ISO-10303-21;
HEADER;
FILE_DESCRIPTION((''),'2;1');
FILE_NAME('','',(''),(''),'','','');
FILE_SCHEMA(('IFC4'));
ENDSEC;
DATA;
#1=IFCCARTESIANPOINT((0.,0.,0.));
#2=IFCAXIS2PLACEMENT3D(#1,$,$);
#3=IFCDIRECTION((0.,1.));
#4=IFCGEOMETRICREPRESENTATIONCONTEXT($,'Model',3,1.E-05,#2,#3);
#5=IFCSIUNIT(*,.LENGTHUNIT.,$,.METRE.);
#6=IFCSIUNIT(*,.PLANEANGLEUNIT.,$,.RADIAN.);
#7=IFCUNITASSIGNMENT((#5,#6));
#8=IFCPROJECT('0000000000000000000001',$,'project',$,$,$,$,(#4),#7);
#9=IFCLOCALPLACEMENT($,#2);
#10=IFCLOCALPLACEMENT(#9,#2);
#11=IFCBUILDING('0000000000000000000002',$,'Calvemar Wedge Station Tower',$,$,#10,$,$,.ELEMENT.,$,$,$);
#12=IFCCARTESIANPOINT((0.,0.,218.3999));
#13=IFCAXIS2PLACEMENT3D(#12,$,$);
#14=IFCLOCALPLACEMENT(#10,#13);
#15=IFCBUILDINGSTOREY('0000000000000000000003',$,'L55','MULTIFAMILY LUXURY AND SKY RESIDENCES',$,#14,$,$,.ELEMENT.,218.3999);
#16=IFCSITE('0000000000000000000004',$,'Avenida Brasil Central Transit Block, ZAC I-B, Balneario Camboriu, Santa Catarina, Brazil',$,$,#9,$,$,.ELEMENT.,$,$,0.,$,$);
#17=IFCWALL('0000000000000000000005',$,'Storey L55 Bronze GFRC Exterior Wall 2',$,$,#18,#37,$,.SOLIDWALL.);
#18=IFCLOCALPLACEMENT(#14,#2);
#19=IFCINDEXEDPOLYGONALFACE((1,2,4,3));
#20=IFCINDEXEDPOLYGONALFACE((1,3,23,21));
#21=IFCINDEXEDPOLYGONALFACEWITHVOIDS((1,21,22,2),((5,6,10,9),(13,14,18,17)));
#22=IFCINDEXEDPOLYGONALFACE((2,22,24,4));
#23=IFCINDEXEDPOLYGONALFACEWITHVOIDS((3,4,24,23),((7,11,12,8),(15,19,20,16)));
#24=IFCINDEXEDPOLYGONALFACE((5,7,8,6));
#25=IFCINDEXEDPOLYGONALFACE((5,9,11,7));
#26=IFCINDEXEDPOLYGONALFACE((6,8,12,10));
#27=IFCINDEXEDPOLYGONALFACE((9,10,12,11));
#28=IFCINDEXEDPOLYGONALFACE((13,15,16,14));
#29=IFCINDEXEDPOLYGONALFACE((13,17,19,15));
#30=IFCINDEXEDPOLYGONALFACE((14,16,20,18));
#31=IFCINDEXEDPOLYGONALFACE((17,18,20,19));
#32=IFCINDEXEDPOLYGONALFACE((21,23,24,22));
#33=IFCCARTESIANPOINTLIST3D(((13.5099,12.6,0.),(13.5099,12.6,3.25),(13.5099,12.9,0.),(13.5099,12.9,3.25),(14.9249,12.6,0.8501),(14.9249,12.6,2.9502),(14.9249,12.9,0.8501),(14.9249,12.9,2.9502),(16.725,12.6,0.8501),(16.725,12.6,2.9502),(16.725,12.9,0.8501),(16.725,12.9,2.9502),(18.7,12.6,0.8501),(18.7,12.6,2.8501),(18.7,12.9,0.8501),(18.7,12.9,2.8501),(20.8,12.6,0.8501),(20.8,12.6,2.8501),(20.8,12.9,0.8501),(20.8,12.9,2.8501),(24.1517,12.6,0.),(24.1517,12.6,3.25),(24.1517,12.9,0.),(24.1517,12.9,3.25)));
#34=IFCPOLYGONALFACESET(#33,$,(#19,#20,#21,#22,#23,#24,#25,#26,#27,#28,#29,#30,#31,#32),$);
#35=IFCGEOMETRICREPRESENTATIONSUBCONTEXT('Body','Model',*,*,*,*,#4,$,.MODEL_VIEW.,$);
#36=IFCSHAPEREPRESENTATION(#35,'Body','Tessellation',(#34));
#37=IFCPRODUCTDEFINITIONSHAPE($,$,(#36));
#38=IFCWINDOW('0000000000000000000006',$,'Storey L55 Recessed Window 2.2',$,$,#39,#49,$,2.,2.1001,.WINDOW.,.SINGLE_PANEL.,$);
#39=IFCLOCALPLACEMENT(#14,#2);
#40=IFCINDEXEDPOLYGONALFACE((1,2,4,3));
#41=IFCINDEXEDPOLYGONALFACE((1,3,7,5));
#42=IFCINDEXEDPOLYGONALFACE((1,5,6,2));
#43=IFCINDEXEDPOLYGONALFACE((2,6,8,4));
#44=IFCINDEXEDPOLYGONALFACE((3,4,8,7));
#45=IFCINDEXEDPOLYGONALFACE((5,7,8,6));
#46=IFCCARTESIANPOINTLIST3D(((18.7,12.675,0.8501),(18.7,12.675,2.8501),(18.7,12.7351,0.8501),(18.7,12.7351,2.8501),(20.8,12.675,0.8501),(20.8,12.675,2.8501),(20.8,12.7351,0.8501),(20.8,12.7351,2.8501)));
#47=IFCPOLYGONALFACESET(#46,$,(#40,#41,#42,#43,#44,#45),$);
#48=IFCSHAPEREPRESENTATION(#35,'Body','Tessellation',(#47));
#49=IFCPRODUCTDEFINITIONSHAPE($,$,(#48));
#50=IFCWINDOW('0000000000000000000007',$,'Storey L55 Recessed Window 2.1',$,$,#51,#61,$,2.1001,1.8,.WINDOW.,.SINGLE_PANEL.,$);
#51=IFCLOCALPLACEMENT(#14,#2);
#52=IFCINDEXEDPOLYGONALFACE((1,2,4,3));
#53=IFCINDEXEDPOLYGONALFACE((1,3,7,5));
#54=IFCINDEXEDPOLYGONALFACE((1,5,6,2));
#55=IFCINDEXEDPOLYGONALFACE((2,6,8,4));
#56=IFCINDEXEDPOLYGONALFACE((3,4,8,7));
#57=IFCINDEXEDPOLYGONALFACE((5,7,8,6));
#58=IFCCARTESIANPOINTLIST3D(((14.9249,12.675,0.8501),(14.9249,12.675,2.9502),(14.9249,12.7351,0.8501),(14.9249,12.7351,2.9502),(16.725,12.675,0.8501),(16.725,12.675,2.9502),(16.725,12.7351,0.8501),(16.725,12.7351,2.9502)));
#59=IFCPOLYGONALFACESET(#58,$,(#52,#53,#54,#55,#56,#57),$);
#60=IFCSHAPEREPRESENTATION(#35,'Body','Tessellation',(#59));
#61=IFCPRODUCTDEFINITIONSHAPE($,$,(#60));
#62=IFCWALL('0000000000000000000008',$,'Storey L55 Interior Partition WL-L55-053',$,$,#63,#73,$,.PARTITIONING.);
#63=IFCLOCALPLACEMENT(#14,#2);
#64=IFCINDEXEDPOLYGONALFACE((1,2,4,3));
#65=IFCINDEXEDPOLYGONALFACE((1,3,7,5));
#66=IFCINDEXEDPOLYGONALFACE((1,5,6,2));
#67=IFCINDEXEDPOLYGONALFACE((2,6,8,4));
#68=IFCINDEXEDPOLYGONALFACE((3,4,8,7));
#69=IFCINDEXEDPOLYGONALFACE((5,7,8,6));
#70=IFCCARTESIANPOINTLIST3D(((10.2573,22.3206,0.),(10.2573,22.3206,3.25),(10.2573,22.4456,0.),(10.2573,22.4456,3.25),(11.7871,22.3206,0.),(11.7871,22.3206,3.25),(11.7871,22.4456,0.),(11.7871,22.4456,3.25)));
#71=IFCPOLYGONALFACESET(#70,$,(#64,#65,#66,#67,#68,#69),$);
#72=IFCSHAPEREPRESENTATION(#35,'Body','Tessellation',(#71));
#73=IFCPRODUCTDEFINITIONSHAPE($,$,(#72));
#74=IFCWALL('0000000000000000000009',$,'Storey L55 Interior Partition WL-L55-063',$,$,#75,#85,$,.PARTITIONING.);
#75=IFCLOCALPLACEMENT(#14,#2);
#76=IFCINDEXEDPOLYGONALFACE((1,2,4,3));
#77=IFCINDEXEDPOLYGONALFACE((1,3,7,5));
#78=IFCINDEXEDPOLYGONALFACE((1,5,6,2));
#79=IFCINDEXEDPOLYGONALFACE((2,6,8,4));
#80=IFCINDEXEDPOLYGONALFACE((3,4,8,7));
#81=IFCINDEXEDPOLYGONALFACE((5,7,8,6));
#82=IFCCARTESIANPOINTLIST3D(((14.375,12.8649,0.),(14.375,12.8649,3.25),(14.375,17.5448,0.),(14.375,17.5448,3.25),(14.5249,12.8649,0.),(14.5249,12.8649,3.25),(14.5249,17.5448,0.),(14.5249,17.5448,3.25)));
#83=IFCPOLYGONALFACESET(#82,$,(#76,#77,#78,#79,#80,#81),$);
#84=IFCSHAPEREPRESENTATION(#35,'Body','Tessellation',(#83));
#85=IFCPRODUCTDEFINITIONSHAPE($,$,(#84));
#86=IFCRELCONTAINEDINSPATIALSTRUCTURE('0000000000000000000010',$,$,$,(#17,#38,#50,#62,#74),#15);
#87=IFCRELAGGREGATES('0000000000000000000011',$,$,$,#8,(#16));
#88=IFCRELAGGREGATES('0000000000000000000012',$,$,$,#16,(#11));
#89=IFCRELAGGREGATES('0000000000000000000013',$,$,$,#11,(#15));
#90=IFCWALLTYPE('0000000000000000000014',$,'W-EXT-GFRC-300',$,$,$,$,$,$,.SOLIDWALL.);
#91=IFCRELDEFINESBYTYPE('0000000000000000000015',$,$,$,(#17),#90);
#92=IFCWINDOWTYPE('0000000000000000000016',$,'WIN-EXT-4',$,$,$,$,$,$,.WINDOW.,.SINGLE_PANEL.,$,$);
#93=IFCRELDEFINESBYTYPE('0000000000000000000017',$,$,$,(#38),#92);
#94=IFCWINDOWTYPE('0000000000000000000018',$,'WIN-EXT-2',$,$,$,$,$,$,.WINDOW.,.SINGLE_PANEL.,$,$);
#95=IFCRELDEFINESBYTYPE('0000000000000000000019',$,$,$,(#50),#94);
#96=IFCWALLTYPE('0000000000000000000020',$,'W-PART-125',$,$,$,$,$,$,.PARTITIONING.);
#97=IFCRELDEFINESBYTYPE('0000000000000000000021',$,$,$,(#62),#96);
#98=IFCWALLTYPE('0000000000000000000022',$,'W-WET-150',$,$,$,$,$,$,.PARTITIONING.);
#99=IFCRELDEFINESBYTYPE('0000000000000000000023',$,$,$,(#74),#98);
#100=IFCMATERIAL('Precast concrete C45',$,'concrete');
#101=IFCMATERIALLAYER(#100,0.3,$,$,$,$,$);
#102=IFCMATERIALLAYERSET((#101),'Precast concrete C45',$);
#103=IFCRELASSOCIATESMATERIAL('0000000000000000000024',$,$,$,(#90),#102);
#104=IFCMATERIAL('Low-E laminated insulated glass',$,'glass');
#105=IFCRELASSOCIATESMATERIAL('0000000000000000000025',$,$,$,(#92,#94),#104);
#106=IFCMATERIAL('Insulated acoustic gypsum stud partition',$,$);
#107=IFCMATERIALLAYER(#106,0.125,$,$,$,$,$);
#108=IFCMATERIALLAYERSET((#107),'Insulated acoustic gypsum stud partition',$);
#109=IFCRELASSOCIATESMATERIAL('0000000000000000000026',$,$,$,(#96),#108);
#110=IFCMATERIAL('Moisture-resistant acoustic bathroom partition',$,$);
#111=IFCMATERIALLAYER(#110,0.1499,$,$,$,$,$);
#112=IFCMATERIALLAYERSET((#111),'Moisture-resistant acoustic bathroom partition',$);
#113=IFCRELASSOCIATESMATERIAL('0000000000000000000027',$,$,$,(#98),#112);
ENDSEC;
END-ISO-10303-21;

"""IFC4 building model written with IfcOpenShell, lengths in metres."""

from ifc_helpers import new_model, si_unit, direction, frame, frame_2d, origin, place, context, subcontext, project, spatial, rectangle, extrude, source, transform, mapped, material, layer, layer_set, type_object, element, fill, save


model = new_model("IFC4")

# Units and contexts
model_context = context("Model", 3, precision=1e-05, world=origin(), true_north=direction((0.0, 1.0)))
body_context = subcontext(model_context, "Body", "Model", "MODEL_VIEW")
ifc_project = project(units=[si_unit("LENGTHUNIT", "METRE"), si_unit("PLANEANGLEUNIT", "RADIAN")], contexts=[model_context])

# Site, building, storey
site_placement = place(None, origin())
site = spatial("IfcSite", under=ifc_project, at=site_placement, Name="Avenida Brasil Central Transit Block, ZAC I-B, Balneario Camboriu, Santa Catarina, Brazil", CompositionType="ELEMENT", RefElevation=0.0)
building_placement = place(site_placement, origin())
building = spatial("IfcBuilding", under=site, at=building_placement, Name="Calvemar Wedge Station Tower", CompositionType="ELEMENT")
storey_placement = place(building_placement, frame((0.0, 0.0, 218.3999)))
storey = spatial("IfcBuildingStorey", under=building, at=storey_placement, Name="L55", Description="MULTIFAMILY LUXURY AND SKY RESIDENCES", CompositionType="ELEMENT", Elevation=218.3999)

# Shared definitions
ifc_material_1 = material(Name="Precast concrete C45", Category="concrete")
ifc_layer_1 = layer(ifc_material_1, 0.3)
ifc_layer_set_1 = layer_set([ifc_layer_1], Name="Precast concrete C45")
wall_type_1 = type_object("IfcWallType", Name="W-EXT-GFRC-300", PredefinedType="SOLIDWALL", material=ifc_layer_set_1)
ifc_material_2 = material(Name="Low-E laminated insulated glass", Category="glass")

# Wall, openings, windows
wall_1_placement = place(storey_placement, frame((13.51, 12.75, 0.0), z_axis=(0.0, 0.0, 1.0), x_axis=(1.0, 0.0, 0.0)))
wall_1 = element("IfcWall", 1, at=wall_1_placement, inside=storey, type_object=wall_type_1, Name="Storey L55 Bronze GFRC Exterior Wall 2", PredefinedType="SOLIDWALL", context=body_context, shape_type="SweptSolid", body=[
    extrude(rectangle(XDim=10.6418, YDim=0.3, at=frame_2d((5.3208, 0.0))), origin(), (0.0, 0.0, 1.0), 3.25),
])
shared_shape_1 = source(origin(), body_context, "Body", "SweptSolid", [
    extrude(rectangle(XDim=1.8, YDim=2.1001, at=frame_2d((0.8999, 1.05))), frame((0.0, 0.1602, 0.0), z_axis=(0.0, -1.0, 0.0), x_axis=(1.0, 0.0, 0.0)), (0.0, 0.0, 1.0), 0.3201),
])
opening_1_placement = place(wall_1_placement, frame((1.415, 0.0, 0.8501)))
opening_1 = element("IfcOpeningElement", 2, at=opening_1_placement, cuts=wall_1, PredefinedType="OPENING", context=body_context, shape_type="MappedRepresentation", body=[
    mapped(shared_shape_1, transform((0.0, 0.0, 0.0), scale=1.0)),
])
shared_shape_2 = source(origin(), body_context, "Body", "SweptSolid", [
    extrude(rectangle(XDim=2.1001, YDim=2.0, at=frame_2d((1.05, 1.0))), frame((0.0, 0.1602, 0.0), z_axis=(0.0, -1.0, 0.0), x_axis=(1.0, 0.0, 0.0)), (0.0, 0.0, 1.0), 0.3201),
])
opening_2_placement = place(wall_1_placement, frame((5.1899, 0.0, 0.8501)))
opening_2 = element("IfcOpeningElement", 3, at=opening_2_placement, cuts=wall_1, PredefinedType="OPENING", context=body_context, shape_type="MappedRepresentation", body=[
    mapped(shared_shape_2, transform((0.0, 0.0, 0.0), scale=1.0)),
])
window_type_1 = type_object("IfcWindowType", Name="WIN-EXT-4", PartitioningType="SINGLE_PANEL", PredefinedType="WINDOW", material=ifc_material_2)
shared_shape_3 = source(origin(), body_context, "Body", "SweptSolid", [
    extrude(rectangle(XDim=2.1001, YDim=2.0, at=frame_2d((1.05, 1.0))), frame((0.0, -0.0149, 0.0), z_axis=(0.0, -1.0, 0.0), x_axis=(1.0, 0.0, 0.0)), (0.0, 0.0, 1.0), 0.0601),
])
window_1_placement = place(opening_2_placement, origin())
window_1 = element("IfcWindow", 4, at=window_1_placement, inside=storey, type_object=window_type_1, Name="Storey L55 Recessed Window 2.2", OverallHeight=2.0, OverallWidth=2.1001, PartitioningType="SINGLE_PANEL", PredefinedType="WINDOW", context=body_context, shape_type="MappedRepresentation", body=[
    mapped(shared_shape_3, transform((0.0, 0.0, 0.0), scale=1.0)),
])
fill(opening_2, window_1)
window_type_2 = type_object("IfcWindowType", Name="WIN-EXT-2", PartitioningType="SINGLE_PANEL", PredefinedType="WINDOW", material=ifc_material_2)
shared_shape_4 = source(origin(), body_context, "Body", "SweptSolid", [
    extrude(rectangle(XDim=1.8, YDim=2.1001, at=frame_2d((0.8999, 1.05))), frame((0.0, -0.0149, 0.0), z_axis=(0.0, -1.0, 0.0), x_axis=(1.0, 0.0, 0.0)), (0.0, 0.0, 1.0), 0.0601),
])
window_2_placement = place(opening_1_placement, origin())
window_2 = element("IfcWindow", 5, at=window_2_placement, inside=storey, type_object=window_type_2, Name="Storey L55 Recessed Window 2.1", OverallHeight=2.1001, OverallWidth=1.8, PartitioningType="SINGLE_PANEL", PredefinedType="WINDOW", context=body_context, shape_type="MappedRepresentation", body=[
    mapped(shared_shape_4, transform((0.0, 0.0, 0.0), scale=1.0)),
])
fill(opening_1, window_2)

# Wall
ifc_material_3 = material(Name="Insulated acoustic gypsum stud partition")
ifc_layer_2 = layer(ifc_material_3, 0.125)
ifc_layer_set_2 = layer_set([ifc_layer_2], Name="Insulated acoustic gypsum stud partition")
wall_type_2 = type_object("IfcWallType", Name="W-PART-125", PredefinedType="PARTITIONING", material=ifc_layer_set_2)
wall_2_placement = place(storey_placement, frame((11.7871, 22.3831, 0.0), z_axis=(0.0, 0.0, 1.0), x_axis=(-1.0, 0.0, 0.0)))
element("IfcWall", 6, at=wall_2_placement, inside=storey, type_object=wall_type_2, Name="Storey L55 Interior Partition WL-L55-053", PredefinedType="PARTITIONING", context=body_context, shape_type="SweptSolid", body=[
    extrude(rectangle(XDim=1.5298, YDim=0.125, at=frame_2d((0.7649, 0.0))), origin(), (0.0, 0.0, 1.0), 3.25),
])

# Wall
ifc_material_4 = material(Name="Moisture-resistant acoustic bathroom partition")
ifc_layer_3 = layer(ifc_material_4, 0.1499)
ifc_layer_set_3 = layer_set([ifc_layer_3], Name="Moisture-resistant acoustic bathroom partition")
wall_type_3 = type_object("IfcWallType", Name="W-WET-150", PredefinedType="PARTITIONING", material=ifc_layer_set_3)
wall_3_placement = place(storey_placement, frame((14.45, 12.865, 0.0), z_axis=(0.0, 0.0, 1.0), x_axis=(0.0, 1.0, 0.0)))
element("IfcWall", 7, at=wall_3_placement, inside=storey, type_object=wall_type_3, Name="Storey L55 Interior Partition WL-L55-063", PredefinedType="PARTITIONING", context=body_context, shape_type="SweptSolid", body=[
    extrude(rectangle(XDim=4.6799, YDim=0.1499, at=frame_2d((2.3398, 0.0))), origin(), (0.0, 0.0, 1.0), 3.25),
])

save(model, "model.ifc")
